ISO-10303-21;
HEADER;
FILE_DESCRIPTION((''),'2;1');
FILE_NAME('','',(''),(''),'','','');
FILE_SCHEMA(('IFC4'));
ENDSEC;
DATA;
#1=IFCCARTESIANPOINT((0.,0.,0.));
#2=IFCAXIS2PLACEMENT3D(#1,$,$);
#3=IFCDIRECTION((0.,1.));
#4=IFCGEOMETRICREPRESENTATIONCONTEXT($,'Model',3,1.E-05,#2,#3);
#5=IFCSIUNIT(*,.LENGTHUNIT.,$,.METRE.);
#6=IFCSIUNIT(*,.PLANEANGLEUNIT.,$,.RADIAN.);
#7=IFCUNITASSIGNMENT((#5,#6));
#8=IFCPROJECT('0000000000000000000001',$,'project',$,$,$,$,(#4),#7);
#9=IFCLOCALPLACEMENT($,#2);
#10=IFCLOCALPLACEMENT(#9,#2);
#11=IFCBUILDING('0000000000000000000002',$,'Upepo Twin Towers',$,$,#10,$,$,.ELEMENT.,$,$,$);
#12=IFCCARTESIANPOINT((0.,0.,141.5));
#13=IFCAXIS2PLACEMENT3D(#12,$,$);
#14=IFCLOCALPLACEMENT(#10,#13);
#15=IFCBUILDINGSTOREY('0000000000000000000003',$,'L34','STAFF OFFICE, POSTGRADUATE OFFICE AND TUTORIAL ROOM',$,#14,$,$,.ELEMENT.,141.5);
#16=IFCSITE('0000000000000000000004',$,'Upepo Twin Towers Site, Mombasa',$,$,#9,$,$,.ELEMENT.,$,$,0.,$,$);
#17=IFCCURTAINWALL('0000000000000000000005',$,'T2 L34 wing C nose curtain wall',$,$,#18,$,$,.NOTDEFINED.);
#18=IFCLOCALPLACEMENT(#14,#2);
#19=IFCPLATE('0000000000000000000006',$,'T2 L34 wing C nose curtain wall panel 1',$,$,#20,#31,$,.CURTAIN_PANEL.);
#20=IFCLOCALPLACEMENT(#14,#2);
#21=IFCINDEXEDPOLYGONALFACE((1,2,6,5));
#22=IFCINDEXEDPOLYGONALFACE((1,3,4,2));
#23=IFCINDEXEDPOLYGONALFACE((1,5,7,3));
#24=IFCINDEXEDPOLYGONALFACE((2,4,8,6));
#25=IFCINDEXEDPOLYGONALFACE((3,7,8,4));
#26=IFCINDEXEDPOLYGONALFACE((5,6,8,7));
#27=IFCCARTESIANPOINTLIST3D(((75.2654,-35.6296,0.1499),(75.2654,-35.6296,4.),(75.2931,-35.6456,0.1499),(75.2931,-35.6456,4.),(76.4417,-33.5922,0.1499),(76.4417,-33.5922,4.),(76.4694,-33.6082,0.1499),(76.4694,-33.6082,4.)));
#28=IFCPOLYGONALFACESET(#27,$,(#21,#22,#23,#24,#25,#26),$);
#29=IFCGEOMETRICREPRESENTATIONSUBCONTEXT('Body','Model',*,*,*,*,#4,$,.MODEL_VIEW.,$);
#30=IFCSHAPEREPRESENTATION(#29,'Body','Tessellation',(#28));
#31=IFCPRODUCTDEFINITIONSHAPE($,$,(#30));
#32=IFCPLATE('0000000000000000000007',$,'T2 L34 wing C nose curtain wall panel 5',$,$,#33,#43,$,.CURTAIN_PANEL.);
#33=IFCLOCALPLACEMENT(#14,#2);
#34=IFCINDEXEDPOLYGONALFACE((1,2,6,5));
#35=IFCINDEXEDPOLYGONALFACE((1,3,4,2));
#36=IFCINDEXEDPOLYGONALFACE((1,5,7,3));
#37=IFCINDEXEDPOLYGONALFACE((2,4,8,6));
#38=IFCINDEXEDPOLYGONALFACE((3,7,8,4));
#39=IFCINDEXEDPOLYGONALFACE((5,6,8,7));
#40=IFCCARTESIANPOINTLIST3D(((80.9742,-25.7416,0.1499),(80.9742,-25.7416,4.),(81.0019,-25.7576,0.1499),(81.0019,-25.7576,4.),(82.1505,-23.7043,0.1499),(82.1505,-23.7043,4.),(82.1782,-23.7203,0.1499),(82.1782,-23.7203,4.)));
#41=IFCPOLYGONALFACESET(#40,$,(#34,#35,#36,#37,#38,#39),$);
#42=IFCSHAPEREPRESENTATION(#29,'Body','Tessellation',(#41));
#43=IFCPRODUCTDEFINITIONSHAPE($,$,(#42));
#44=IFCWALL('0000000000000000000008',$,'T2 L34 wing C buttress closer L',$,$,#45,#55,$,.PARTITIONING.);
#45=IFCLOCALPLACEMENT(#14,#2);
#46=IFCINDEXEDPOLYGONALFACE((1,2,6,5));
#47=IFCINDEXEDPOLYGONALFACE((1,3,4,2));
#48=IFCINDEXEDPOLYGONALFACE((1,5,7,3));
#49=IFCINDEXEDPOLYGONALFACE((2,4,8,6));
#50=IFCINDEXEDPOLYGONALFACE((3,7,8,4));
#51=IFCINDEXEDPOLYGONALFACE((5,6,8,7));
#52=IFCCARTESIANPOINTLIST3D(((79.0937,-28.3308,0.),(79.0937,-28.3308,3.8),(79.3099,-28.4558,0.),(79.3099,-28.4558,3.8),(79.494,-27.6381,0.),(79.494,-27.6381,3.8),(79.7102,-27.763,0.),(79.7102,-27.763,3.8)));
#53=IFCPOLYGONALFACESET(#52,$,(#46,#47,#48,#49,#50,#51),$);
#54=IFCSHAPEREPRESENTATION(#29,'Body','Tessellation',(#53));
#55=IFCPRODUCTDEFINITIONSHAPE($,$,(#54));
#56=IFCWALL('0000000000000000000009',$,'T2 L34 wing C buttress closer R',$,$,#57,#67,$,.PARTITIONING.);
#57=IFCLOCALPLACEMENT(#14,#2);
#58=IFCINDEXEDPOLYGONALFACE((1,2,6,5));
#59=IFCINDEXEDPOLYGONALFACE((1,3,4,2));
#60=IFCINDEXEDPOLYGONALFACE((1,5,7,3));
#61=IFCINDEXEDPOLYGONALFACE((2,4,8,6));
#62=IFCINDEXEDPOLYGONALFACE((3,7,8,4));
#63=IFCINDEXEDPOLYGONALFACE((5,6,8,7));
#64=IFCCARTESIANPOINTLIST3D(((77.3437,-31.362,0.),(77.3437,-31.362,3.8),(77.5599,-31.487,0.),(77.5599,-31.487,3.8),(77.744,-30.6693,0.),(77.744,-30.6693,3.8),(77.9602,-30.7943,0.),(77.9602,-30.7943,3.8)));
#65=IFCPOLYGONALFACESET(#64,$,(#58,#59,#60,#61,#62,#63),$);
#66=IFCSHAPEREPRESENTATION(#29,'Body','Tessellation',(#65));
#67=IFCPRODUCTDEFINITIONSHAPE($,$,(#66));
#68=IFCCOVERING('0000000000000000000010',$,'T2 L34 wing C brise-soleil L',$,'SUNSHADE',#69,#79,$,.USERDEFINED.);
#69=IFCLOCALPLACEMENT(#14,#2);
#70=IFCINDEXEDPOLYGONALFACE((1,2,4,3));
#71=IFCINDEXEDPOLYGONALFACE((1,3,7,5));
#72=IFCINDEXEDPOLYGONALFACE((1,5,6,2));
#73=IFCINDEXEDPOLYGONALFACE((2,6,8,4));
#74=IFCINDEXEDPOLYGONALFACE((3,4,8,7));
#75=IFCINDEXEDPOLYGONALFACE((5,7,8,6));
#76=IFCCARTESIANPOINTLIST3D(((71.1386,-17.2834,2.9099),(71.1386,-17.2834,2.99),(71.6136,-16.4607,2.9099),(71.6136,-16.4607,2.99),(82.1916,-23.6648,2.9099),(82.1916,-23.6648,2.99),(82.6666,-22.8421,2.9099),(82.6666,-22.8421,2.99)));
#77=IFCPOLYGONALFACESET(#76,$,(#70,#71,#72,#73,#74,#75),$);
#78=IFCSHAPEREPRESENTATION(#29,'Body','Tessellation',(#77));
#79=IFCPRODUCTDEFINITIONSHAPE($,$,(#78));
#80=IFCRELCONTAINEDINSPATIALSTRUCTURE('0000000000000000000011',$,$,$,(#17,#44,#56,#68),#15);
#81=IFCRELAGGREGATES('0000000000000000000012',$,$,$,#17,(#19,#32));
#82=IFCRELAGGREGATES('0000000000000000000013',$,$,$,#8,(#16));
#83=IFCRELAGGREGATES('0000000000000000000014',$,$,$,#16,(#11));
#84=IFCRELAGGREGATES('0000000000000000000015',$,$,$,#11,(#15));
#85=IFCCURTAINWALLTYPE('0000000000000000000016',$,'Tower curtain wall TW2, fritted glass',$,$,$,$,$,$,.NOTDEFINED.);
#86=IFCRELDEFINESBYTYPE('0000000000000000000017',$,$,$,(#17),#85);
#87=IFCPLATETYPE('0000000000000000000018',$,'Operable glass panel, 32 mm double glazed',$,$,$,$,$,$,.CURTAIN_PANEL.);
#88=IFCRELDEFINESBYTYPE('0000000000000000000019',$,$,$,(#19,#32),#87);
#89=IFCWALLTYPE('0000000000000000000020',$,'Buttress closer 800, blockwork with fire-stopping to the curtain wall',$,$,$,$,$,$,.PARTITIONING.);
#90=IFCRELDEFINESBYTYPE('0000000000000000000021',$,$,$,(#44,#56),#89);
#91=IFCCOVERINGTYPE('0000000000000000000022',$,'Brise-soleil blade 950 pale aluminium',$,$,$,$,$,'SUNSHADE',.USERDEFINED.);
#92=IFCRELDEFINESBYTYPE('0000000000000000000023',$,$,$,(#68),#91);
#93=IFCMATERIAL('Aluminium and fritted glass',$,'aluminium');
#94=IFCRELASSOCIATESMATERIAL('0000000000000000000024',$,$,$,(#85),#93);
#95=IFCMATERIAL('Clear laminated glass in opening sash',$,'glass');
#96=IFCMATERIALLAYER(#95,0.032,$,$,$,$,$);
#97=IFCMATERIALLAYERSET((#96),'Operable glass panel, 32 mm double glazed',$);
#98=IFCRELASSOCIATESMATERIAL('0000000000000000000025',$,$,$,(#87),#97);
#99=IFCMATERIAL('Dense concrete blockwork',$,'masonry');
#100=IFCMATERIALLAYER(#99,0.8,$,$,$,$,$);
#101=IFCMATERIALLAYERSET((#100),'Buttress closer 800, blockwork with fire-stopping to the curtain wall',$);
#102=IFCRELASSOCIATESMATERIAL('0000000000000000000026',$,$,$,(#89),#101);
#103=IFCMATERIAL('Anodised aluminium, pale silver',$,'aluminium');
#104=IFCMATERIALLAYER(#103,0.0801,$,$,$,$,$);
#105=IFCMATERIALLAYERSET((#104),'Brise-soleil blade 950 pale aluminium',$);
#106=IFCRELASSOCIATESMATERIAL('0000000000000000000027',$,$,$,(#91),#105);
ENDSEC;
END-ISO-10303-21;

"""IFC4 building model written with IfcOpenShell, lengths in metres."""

from ifc_helpers import new_model, si_unit, direction, frame, frame_2d, origin, origin_2d, place, context, subcontext, project, spatial, rectangle, extrude, material, layer, layer_set, type_object, element, aggregate, save


model = new_model("IFC4")

# Units and contexts
model_context = context("Model", 3, precision=1e-05, world=origin(), true_north=direction((0.0, 1.0)))
body_context = subcontext(model_context, "Body", "Model", "MODEL_VIEW")
ifc_project = project(units=[si_unit("LENGTHUNIT", "METRE"), si_unit("PLANEANGLEUNIT", "RADIAN")], contexts=[model_context])

# Site, building, storey
site_placement = place(None, origin())
site = spatial("IfcSite", under=ifc_project, at=site_placement, Name="Upepo Twin Towers Site, Mombasa", CompositionType="ELEMENT", RefElevation=0.0)
building_placement = place(site_placement, origin())
building = spatial("IfcBuilding", under=site, at=building_placement, Name="Upepo Twin Towers", CompositionType="ELEMENT")
storey_placement = place(building_placement, frame((0.0, 0.0, 141.5)))
storey = spatial("IfcBuildingStorey", under=building, at=storey_placement, Name="L34", Description="STAFF OFFICE, POSTGRADUATE OFFICE AND TUTORIAL ROOM", CompositionType="ELEMENT", Elevation=141.5)

# Shared definitions
ifc_material_1 = material(Name="Aluminium and fritted glass", Category="aluminium")
curtain_wall_type = type_object("IfcCurtainWallType", Name="Tower curtain wall TW2, fritted glass", PredefinedType="NOTDEFINED", material=ifc_material_1)

# Curtain wall
curtain_wall_1_placement = place(storey_placement, origin())
curtain_wall_1 = element("IfcCurtainWall", 1, at=curtain_wall_1_placement, inside=storey, type_object=curtain_wall_type, Name="T2 L34 wing C nose curtain wall", PredefinedType="NOTDEFINED")

# Plates
ifc_material_2 = material(Name="Clear laminated glass in opening sash", Category="glass")
ifc_layer_1 = layer(ifc_material_2, 0.032)
ifc_layer_set_1 = layer_set([ifc_layer_1], Name="Operable glass panel, 32 mm double glazed")
plate_type_1 = type_object("IfcPlateType", Name="Operable glass panel, 32 mm double glazed", PredefinedType="CURTAIN_PANEL", material=ifc_layer_set_1)
plate_1_placement = place(storey_placement, frame((75.8674, -34.6189, 0.1499), z_axis=(0.0, 0.0, 1.0), x_axis=(0.5, 0.866025, 0.0)))
plate_1 = element("IfcPlate", 2, at=plate_1_placement, type_object=plate_type_1, Name="T2 L34 wing C nose curtain wall panel 1", PredefinedType="CURTAIN_PANEL", context=body_context, shape_type="SweptSolid", body=[
    extrude(rectangle(XDim=2.3525, YDim=0.032, at=origin_2d()), origin(), (0.0, 0.0, 1.0), 3.8501),
])
plate_2_placement = place(storey_placement, frame((81.5762, -24.731, 0.1499), z_axis=(0.0, 0.0, 1.0), x_axis=(0.5, 0.866025, 0.0)))
plate_2 = element("IfcPlate", 3, at=plate_2_placement, type_object=plate_type_1, Name="T2 L34 wing C nose curtain wall panel 5", PredefinedType="CURTAIN_PANEL", context=body_context, shape_type="SweptSolid", body=[
    extrude(rectangle(XDim=2.3525, YDim=0.032, at=origin_2d()), origin(), (0.0, 0.0, 1.0), 3.8501),
])
aggregate(curtain_wall_1, [plate_1, plate_2])

# Walls
ifc_material_3 = material(Name="Dense concrete blockwork", Category="masonry")
ifc_layer_2 = layer(ifc_material_3, 0.8)
ifc_layer_set_2 = layer_set([ifc_layer_2], Name="Buttress closer 800, blockwork with fire-stopping to the curtain wall")
wall_type = type_object("IfcWallType", Name="Buttress closer 800, blockwork with fire-stopping to the curtain wall", PredefinedType="PARTITIONING", material=ifc_layer_set_2)
for number, where, z_axis, x_axis, name in (
    (4, (79.2937, -27.9844, 0.0), (0.0, 0.0, 1.0), (0.865827, -0.500343, 0.0), "T2 L34 wing C buttress closer L"),
    (5, (77.5437, -31.0156, 0.0), (0.0, 0.0, 1.0), (0.865827, -0.500343, 0.0), "T2 L34 wing C buttress closer R"),
):
    element("IfcWall", number, at=place(storey_placement, frame(where, z_axis=z_axis, x_axis=x_axis)), inside=storey, type_object=wall_type, Name=name, PredefinedType="PARTITIONING", context=body_context, shape_type="SweptSolid", body=[
        extrude(rectangle(XDim=0.2498, YDim=0.8, at=frame_2d((0.125, 0.0))), origin(), (0.0, 0.0, 1.0), 3.8),
    ])

# Covering
ifc_material_4 = material(Name="Anodised aluminium, pale silver", Category="aluminium")
ifc_layer_3 = layer(ifc_material_4, 0.0801)
ifc_layer_set_3 = layer_set([ifc_layer_3], Name="Brise-soleil blade 950 pale aluminium")
covering_type = type_object("IfcCoveringType", Name="Brise-soleil blade 950 pale aluminium", ElementType="SUNSHADE", PredefinedType="USERDEFINED", material=ifc_layer_set_3)
covering_placement = place(storey_placement, frame((76.9026, -20.0627, 2.9099), z_axis=(0.0, 0.0, 1.0), x_axis=(0.866025, -0.5, 0.0)))
element("IfcCovering", 6, at=covering_placement, inside=storey, type_object=covering_type, Name="T2 L34 wing C brise-soleil L", ObjectType="SUNSHADE", PredefinedType="USERDEFINED", context=body_context, shape_type="SweptSolid", body=[
    extrude(rectangle(XDim=12.7629, YDim=0.95, at=origin_2d()), origin(), (0.0, 0.0, 1.0), 0.0801),
])

save(model, "model.ifc")
